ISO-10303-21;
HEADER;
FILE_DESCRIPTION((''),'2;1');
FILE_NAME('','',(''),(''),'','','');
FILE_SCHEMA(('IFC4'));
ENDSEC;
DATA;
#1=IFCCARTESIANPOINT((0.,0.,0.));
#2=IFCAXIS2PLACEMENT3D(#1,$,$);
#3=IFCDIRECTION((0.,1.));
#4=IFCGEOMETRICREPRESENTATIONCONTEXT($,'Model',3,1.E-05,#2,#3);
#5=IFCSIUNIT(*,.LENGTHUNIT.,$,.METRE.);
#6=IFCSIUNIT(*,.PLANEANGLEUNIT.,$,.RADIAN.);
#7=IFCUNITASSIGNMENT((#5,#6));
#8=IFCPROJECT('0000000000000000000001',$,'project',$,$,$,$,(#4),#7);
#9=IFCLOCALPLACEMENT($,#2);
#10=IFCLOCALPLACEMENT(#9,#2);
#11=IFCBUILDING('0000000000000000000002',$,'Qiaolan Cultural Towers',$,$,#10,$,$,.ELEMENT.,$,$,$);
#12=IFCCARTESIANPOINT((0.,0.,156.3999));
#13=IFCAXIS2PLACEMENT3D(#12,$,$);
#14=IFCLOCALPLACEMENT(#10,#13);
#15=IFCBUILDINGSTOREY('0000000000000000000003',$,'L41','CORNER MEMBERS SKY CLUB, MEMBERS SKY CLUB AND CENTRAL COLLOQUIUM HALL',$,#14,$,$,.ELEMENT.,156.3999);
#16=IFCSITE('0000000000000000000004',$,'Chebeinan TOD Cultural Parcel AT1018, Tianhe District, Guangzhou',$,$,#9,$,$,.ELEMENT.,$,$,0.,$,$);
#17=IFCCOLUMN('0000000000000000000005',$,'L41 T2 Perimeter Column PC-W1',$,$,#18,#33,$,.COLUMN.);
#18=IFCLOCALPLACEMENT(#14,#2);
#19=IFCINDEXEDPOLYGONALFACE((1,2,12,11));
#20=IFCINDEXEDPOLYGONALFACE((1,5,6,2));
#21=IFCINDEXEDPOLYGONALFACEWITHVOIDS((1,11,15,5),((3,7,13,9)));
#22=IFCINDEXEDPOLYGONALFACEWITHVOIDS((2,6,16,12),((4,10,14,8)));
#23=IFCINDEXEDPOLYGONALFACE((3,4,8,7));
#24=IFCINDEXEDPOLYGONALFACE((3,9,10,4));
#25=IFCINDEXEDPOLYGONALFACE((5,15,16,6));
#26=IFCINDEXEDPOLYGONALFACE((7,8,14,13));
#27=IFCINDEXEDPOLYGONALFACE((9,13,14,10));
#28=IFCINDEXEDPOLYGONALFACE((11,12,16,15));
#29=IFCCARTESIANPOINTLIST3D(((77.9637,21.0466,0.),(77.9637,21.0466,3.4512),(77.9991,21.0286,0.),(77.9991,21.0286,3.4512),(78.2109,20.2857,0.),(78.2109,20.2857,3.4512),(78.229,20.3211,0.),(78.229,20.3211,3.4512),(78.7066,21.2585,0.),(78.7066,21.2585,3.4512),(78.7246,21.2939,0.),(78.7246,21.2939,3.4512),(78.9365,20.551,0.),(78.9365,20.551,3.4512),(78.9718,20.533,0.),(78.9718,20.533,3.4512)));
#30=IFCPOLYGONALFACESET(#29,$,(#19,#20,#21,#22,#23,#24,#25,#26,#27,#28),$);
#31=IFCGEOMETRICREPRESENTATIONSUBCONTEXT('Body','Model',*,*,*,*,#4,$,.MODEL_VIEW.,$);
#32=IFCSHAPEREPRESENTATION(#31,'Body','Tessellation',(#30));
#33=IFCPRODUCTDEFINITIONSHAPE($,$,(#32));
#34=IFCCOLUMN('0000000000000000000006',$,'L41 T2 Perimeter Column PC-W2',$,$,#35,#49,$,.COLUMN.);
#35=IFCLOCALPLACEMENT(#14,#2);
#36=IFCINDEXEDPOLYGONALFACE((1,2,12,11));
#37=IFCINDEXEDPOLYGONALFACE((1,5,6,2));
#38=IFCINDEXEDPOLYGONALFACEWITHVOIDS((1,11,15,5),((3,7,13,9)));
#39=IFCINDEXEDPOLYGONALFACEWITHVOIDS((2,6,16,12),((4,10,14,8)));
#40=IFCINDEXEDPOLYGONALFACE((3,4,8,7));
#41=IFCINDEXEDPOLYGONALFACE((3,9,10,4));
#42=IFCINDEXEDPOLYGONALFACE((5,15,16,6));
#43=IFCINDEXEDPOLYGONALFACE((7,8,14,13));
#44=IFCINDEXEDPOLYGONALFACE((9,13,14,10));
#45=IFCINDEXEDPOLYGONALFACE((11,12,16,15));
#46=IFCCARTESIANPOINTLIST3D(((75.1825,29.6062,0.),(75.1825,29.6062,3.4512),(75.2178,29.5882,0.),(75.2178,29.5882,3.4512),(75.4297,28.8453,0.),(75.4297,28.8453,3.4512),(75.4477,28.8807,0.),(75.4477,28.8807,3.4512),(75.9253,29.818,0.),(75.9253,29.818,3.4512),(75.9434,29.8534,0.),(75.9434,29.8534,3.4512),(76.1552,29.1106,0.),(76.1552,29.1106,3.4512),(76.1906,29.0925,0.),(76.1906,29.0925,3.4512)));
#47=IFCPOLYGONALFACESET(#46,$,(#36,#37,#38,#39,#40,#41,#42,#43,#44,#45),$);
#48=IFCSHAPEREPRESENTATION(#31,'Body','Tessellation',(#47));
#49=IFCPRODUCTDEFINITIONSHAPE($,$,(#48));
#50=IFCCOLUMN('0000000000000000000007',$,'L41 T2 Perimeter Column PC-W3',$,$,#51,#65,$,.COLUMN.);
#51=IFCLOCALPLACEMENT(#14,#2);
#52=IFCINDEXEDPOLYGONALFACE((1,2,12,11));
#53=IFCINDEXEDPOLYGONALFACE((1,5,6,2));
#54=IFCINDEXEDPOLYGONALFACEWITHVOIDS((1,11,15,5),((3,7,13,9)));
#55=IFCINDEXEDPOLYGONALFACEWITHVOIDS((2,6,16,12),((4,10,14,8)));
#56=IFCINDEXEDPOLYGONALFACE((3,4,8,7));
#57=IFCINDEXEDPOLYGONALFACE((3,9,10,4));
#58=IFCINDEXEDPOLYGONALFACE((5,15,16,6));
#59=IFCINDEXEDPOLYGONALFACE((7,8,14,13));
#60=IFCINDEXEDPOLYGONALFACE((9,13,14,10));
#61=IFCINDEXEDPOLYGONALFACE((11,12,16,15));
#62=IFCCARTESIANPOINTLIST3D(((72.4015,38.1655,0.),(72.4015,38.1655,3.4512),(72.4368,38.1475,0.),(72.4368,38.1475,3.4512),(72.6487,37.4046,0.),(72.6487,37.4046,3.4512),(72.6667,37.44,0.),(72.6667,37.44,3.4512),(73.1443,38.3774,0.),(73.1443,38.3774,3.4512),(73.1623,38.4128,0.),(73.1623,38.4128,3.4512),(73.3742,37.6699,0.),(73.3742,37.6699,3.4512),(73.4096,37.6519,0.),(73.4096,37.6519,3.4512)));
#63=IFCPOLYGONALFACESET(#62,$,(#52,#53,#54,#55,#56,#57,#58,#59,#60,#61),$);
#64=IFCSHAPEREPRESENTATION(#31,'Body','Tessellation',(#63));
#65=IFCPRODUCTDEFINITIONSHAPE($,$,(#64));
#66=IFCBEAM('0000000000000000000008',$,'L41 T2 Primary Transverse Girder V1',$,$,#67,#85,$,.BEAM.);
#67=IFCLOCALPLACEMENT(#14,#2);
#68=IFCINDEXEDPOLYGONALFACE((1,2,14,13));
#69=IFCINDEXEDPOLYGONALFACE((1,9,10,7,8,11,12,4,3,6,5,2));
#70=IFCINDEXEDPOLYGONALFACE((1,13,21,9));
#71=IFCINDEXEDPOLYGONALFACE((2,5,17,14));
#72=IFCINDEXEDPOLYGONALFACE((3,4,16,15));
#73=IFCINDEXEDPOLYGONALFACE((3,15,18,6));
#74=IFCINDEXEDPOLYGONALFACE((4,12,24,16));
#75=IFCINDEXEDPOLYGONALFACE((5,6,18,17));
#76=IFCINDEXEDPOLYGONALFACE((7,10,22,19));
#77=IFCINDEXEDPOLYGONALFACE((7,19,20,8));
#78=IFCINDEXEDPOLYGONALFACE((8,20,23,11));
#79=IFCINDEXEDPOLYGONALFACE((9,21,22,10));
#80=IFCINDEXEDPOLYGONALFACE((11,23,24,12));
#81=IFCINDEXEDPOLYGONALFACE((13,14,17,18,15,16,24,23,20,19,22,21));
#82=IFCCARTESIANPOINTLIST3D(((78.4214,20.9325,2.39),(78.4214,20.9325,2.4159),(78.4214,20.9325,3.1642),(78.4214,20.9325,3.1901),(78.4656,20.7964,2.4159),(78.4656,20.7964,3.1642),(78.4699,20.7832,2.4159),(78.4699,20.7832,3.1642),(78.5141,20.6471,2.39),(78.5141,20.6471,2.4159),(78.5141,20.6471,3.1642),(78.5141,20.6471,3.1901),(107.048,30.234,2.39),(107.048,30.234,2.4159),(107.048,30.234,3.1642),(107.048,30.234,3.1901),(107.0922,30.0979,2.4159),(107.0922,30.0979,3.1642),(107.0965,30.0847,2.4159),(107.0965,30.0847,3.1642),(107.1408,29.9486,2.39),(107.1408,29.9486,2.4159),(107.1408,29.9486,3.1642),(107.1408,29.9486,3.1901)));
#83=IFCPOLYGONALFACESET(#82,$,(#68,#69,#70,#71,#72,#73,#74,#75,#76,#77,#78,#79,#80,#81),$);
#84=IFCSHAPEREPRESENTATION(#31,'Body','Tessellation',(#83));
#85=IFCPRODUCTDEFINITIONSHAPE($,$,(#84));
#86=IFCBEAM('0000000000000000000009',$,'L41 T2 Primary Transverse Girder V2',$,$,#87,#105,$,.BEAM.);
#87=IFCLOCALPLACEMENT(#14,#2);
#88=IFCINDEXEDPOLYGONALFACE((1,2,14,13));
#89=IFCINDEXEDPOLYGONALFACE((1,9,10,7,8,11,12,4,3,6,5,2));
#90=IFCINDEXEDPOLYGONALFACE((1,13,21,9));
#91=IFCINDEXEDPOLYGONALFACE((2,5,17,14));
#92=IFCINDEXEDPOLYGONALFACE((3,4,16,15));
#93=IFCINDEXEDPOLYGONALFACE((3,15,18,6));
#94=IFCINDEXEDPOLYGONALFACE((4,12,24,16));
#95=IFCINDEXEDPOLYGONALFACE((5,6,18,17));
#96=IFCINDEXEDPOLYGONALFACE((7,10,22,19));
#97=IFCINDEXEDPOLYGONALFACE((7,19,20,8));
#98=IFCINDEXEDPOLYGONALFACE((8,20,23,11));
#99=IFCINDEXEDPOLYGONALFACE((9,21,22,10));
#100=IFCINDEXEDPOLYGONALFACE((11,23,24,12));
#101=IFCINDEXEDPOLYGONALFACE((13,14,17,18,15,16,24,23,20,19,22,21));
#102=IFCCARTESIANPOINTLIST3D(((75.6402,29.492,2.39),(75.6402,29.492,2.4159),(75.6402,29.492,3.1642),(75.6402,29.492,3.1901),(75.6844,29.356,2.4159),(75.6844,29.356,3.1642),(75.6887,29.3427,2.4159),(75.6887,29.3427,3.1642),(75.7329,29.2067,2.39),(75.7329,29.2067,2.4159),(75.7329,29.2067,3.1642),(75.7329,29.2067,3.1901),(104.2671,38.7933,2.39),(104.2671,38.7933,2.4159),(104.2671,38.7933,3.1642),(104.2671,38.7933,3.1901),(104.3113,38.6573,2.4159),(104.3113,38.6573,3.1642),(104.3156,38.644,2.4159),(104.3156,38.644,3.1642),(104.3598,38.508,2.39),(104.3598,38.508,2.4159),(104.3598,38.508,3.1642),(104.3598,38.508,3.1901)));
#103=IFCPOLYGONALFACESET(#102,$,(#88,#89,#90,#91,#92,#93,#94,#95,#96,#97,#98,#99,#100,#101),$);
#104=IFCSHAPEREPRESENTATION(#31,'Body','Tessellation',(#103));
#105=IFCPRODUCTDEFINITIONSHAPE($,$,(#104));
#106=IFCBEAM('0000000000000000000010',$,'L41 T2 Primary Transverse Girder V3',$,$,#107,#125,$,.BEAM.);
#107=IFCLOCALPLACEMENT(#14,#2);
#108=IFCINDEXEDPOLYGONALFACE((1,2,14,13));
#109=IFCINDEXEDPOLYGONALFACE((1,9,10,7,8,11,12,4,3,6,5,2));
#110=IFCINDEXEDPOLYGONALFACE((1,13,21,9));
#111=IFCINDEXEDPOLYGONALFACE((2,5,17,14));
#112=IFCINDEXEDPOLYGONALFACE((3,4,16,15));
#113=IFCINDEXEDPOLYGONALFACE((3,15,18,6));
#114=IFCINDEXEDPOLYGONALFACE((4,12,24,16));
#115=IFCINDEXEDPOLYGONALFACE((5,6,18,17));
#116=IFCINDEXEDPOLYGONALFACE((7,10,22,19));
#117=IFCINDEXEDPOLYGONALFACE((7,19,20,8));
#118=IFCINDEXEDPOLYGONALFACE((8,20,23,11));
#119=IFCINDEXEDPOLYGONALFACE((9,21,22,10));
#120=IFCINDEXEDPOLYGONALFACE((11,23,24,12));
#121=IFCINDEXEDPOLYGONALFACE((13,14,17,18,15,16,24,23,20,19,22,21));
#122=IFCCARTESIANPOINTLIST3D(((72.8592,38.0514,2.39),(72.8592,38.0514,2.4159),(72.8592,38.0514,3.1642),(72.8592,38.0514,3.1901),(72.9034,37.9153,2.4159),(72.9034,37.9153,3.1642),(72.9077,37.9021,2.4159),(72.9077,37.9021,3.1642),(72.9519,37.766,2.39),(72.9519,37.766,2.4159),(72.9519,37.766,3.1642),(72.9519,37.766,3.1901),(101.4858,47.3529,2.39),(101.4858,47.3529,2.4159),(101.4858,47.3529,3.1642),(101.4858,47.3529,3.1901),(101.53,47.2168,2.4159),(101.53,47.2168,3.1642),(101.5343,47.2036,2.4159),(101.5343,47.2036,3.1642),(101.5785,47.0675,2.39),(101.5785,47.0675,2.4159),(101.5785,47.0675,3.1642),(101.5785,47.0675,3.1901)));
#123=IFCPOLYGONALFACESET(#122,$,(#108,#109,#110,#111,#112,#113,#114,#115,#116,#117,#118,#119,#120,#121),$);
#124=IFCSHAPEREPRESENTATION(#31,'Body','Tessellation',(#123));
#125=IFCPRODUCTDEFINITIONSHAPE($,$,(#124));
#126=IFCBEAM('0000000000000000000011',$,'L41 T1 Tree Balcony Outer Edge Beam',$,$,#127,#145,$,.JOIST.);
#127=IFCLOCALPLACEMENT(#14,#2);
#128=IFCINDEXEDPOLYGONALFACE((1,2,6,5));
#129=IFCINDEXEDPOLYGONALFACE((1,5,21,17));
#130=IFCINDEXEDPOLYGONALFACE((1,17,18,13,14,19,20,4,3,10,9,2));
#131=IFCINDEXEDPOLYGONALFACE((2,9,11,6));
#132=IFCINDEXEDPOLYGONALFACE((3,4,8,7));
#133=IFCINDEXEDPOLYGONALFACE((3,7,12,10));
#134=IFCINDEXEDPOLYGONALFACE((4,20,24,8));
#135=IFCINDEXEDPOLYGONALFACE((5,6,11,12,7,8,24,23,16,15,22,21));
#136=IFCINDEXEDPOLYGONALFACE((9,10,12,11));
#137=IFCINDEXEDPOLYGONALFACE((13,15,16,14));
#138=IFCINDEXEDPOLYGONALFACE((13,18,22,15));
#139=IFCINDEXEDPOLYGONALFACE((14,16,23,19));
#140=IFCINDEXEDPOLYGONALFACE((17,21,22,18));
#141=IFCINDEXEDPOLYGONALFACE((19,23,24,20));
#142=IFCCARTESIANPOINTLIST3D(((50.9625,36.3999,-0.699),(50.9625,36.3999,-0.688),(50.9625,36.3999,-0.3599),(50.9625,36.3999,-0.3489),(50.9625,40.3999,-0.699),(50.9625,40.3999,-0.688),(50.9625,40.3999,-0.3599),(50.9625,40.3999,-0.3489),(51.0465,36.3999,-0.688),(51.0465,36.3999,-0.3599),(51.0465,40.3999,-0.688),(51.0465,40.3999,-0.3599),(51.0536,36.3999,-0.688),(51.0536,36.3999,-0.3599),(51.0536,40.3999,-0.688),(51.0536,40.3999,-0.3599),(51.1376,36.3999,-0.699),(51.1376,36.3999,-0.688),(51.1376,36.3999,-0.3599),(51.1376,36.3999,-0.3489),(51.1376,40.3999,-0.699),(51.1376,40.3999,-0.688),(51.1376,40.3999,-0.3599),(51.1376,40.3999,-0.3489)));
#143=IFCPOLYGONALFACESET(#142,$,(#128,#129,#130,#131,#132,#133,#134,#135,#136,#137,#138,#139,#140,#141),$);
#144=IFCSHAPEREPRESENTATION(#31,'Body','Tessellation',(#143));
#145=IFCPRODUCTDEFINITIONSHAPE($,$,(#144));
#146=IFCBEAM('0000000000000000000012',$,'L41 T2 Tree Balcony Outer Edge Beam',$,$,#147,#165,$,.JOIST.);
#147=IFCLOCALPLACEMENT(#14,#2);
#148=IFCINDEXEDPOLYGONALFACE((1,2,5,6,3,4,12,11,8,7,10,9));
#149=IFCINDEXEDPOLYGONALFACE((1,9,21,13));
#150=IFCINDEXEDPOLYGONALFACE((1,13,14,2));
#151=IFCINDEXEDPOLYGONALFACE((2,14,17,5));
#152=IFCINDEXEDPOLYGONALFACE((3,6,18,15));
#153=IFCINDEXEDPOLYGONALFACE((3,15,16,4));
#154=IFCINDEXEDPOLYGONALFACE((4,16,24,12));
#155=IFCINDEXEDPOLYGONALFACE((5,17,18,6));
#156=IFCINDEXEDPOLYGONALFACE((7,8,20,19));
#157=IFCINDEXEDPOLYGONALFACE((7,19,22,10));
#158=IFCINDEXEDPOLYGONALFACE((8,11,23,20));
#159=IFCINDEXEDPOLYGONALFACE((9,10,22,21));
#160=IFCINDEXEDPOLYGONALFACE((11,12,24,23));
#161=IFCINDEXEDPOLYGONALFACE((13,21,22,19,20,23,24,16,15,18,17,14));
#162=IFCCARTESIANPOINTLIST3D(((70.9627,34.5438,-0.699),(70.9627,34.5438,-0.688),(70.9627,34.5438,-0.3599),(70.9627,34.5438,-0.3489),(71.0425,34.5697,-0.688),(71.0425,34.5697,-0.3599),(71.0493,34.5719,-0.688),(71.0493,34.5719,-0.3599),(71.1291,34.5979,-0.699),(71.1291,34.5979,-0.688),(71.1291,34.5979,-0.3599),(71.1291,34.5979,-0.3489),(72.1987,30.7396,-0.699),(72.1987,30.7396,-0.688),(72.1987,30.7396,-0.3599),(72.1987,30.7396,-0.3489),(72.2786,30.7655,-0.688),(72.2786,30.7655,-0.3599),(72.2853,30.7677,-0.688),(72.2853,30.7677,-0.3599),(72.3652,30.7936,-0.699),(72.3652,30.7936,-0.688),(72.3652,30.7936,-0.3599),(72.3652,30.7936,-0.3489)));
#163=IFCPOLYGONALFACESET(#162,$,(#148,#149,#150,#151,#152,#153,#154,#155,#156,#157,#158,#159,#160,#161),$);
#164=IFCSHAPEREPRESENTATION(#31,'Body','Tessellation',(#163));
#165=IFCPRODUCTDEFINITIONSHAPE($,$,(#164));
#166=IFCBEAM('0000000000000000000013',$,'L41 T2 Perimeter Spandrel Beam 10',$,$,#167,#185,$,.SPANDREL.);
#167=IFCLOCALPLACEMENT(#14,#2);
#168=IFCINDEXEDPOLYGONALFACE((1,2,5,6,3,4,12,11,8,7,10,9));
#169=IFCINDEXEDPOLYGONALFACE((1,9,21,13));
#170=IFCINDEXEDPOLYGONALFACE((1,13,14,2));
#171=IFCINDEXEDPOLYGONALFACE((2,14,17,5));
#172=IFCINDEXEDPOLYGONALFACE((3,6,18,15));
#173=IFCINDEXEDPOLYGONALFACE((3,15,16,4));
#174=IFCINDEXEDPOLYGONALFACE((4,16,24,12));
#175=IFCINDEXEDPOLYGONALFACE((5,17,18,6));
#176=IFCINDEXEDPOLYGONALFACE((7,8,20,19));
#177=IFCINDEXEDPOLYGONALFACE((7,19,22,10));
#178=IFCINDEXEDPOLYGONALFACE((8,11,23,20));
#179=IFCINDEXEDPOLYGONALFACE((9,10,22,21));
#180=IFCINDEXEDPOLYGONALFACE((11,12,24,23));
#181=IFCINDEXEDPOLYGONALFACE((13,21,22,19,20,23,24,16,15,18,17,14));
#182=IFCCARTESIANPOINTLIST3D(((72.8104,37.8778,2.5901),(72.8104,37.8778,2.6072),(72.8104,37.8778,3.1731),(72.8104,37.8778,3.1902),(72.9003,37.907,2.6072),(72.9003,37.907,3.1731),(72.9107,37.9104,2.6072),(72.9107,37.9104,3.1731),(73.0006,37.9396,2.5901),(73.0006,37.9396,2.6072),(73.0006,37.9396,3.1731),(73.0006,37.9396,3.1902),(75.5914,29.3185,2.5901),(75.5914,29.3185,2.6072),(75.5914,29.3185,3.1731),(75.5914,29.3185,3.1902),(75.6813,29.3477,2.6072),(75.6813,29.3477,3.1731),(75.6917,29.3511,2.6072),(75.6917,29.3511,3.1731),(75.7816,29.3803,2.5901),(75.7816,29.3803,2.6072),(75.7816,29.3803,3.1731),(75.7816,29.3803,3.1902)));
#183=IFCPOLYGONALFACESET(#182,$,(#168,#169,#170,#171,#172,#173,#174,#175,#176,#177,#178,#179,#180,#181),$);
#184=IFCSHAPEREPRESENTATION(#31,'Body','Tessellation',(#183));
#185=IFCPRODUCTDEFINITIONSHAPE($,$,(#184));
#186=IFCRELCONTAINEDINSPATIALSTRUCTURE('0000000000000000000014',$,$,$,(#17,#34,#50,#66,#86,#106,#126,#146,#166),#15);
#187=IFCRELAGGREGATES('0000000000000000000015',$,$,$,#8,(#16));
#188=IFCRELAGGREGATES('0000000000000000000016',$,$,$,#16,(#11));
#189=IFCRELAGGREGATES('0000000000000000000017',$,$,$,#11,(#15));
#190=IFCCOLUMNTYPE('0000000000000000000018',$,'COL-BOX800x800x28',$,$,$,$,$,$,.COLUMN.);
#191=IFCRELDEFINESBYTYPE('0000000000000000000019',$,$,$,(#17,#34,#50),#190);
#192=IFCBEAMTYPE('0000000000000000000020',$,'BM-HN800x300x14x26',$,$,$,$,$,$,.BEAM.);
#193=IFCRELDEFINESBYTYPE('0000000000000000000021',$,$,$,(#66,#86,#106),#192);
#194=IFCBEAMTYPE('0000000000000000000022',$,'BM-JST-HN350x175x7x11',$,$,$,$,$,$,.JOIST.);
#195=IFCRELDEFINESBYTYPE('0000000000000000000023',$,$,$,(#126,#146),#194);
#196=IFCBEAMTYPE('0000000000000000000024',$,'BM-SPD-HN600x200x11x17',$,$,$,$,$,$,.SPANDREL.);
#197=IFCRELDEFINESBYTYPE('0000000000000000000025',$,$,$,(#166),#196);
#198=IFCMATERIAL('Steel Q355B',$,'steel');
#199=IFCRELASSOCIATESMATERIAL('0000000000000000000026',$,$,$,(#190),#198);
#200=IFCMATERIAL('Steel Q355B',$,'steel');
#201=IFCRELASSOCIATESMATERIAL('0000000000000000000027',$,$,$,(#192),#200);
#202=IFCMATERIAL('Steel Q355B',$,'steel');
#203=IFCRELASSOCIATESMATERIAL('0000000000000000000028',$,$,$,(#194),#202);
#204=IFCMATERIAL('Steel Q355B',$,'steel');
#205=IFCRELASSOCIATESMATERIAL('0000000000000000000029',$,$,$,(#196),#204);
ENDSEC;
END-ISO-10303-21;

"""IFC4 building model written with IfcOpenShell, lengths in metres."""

from ifc_helpers import new_model, si_unit, direction, frame, origin, origin_2d, place, context, subcontext, project, spatial, hollow_rectangle, i_section, extrude, material, material_profile, profile_set, type_object, element, save


model = new_model("IFC4")

# Units and contexts
model_context = context("Model", 3, precision=1e-05, world=origin(), true_north=direction((0.0, 1.0)))
body_context = subcontext(model_context, "Body", "Model", "MODEL_VIEW")
ifc_project = project(units=[si_unit("LENGTHUNIT", "METRE"), si_unit("PLANEANGLEUNIT", "RADIAN")], contexts=[model_context])

# Site, building, storey
site_placement = place(None, origin())
site = spatial("IfcSite", under=ifc_project, at=site_placement, Name="Chebeinan TOD Cultural Parcel AT1018, Tianhe District, Guangzhou", CompositionType="ELEMENT", RefElevation=0.0)
building_placement = place(site_placement, origin())
building = spatial("IfcBuilding", under=site, at=building_placement, Name="Qiaolan Cultural Towers", CompositionType="ELEMENT")
storey_placement = place(building_placement, frame((0.0, 0.0, 156.3999)))
storey = spatial("IfcBuildingStorey", under=building, at=storey_placement, Name="L41", Description="CORNER MEMBERS SKY CLUB, MEMBERS SKY CLUB AND CENTRAL COLLOQUIUM HALL", CompositionType="ELEMENT", Elevation=156.3999)

# Columns
ifc_material_1 = material(Name="Steel Q355B", Category="steel")
ifc_material_profile_1 = material_profile(ifc_material_1, hollow_rectangle(XDim=0.8, YDim=0.8, WallThickness=0.0281, at=origin_2d()), Name="BOX800x800x28")
ifc_profile_set_1 = profile_set([ifc_material_profile_1], Name="Steel Q355B")
column_type = type_object("IfcColumnType", Name="COL-BOX800x800x28", PredefinedType="COLUMN", material=ifc_profile_set_1)
for number, where, z_axis, x_axis, name in (
    (1, (78.4678, 20.7898, 0.0), (0.0, 0.0, 1.0), (0.951057, 0.309017, 0.0), "L41 T2 Perimeter Column PC-W1"),
    (2, (75.6865, 29.3494, 0.0), (0.0, 0.0, 1.0), (0.951057, 0.309017, 0.0), "L41 T2 Perimeter Column PC-W2"),
    (3, (72.9055, 37.9087, 0.0), (0.0, 0.0, 1.0), (0.951057, 0.309017, 0.0), "L41 T2 Perimeter Column PC-W3"),
):
    element("IfcColumn", number, at=place(storey_placement, frame(where, z_axis=z_axis, x_axis=x_axis)), inside=storey, type_object=column_type, Name=name, PredefinedType="COLUMN", context=body_context, shape_type="SweptSolid", body=[
        extrude(hollow_rectangle(XDim=0.8, YDim=0.8, WallThickness=0.0281, at=origin_2d()), origin(), (0.0, 0.0, 1.0), 3.4512),
    ])

# Beams
ifc_material_2 = material(Name="Steel Q355B", Category="steel")
ifc_material_profile_2 = material_profile(ifc_material_2, i_section(OverallWidth=0.3, OverallDepth=0.8, WebThickness=0.0139, FlangeThickness=0.0259, at=origin_2d()), Name="HN800x300x14x26")
ifc_profile_set_2 = profile_set([ifc_material_profile_2], Name="Steel Q355B")
beam_type_1 = type_object("IfcBeamType", Name="BM-HN800x300x14x26", PredefinedType="BEAM", material=ifc_profile_set_2)
beam_1_placement = place(storey_placement, frame((78.4678, 20.7898, 2.79), z_axis=(0.951055, 0.309021, 0.0), x_axis=(-0.309021, 0.951055, 0.0)))
element("IfcBeam", 4, at=beam_1_placement, inside=storey, type_object=beam_type_1, Name="L41 T2 Primary Transverse Girder V1", PredefinedType="BEAM", context=body_context, shape_type="SweptSolid", body=[
    extrude(i_section(OverallWidth=0.3, OverallDepth=0.8, WebThickness=0.0139, FlangeThickness=0.0259, at=origin_2d()), origin(), (0.0, 0.0, 1.0), 30.0999),
])
beam_2_placement = place(storey_placement, frame((75.6865, 29.3494, 2.79), z_axis=(0.951058, 0.309011, 0.0), x_axis=(-0.309011, 0.951058, 0.0)))
element("IfcBeam", 5, at=beam_2_placement, inside=storey, type_object=beam_type_1, Name="L41 T2 Primary Transverse Girder V2", PredefinedType="BEAM", context=body_context, shape_type="SweptSolid", body=[
    extrude(i_section(OverallWidth=0.3, OverallDepth=0.8, WebThickness=0.0139, FlangeThickness=0.0259, at=origin_2d()), origin(), (0.0, 0.0, 1.0), 30.1001),
])
beam_3_placement = place(storey_placement, frame((72.9055, 37.9087, 2.79), z_axis=(0.951055, 0.309021, 0.0), x_axis=(-0.309021, 0.951055, 0.0)))
element("IfcBeam", 6, at=beam_3_placement, inside=storey, type_object=beam_type_1, Name="L41 T2 Primary Transverse Girder V3", PredefinedType="BEAM", context=body_context, shape_type="SweptSolid", body=[
    extrude(i_section(OverallWidth=0.3, OverallDepth=0.8, WebThickness=0.0139, FlangeThickness=0.0259, at=origin_2d()), origin(), (0.0, 0.0, 1.0), 30.0999),
])
ifc_material_3 = material(Name="Steel Q355B", Category="steel")
ifc_material_profile_3 = material_profile(ifc_material_3, i_section(OverallWidth=0.175, OverallDepth=0.3501, WebThickness=0.0071, FlangeThickness=0.011, at=origin_2d()), Name="HN350x175x7x11")
ifc_profile_set_3 = profile_set([ifc_material_profile_3], Name="Steel Q355B")
beam_type_2 = type_object("IfcBeamType", Name="BM-JST-HN350x175x7x11", PredefinedType="JOIST", material=ifc_profile_set_3)
for number, where, z_axis, x_axis, name in (
    (7, (51.05, 36.3999, -0.5239), (0.0, 1.0, 0.0), (-1.0, 0.0, 0.0), "L41 T1 Tree Balcony Outer Edge Beam"),
    (8, (72.282, 30.7666, -0.5239), (-0.309023, 0.951055, 0.0), (-0.951055, -0.309023, 0.0), "L41 T2 Tree Balcony Outer Edge Beam"),
):
    element("IfcBeam", number, at=place(storey_placement, frame(where, z_axis=z_axis, x_axis=x_axis)), inside=storey, type_object=beam_type_2, Name=name, PredefinedType="JOIST", context=body_context, shape_type="SweptSolid", body=[
        extrude(i_section(OverallWidth=0.175, OverallDepth=0.3501, WebThickness=0.0071, FlangeThickness=0.011, at=origin_2d()), origin(), (0.0, 0.0, 1.0), 4.0),
    ])
ifc_material_4 = material(Name="Steel Q355B", Category="steel")
ifc_material_profile_4 = material_profile(ifc_material_4, i_section(OverallWidth=0.2, OverallDepth=0.6001, WebThickness=0.011, FlangeThickness=0.0171, at=origin_2d()), Name="HN600x200x11x17")
ifc_profile_set_4 = profile_set([ifc_material_profile_4], Name="Steel Q355B")
beam_type_3 = type_object("IfcBeamType", Name="BM-SPD-HN600x200x11x17", PredefinedType="SPANDREL", material=ifc_profile_set_4)
beam_4_placement = place(storey_placement, frame((72.9055, 37.9087, 2.8901), z_axis=(0.309008, -0.951059, 0.0), x_axis=(0.951059, 0.309008, 0.0)))
element("IfcBeam", 9, at=beam_4_placement, inside=storey, type_object=beam_type_3, Name="L41 T2 Perimeter Spandrel Beam 10", PredefinedType="SPANDREL", context=body_context, shape_type="SweptSolid", body=[
    extrude(i_section(OverallWidth=0.2, OverallDepth=0.6001, WebThickness=0.011, FlangeThickness=0.0171, at=origin_2d()), origin(), (0.0, 0.0, 1.0), 8.9998),
])

save(model, "model.ifc")
